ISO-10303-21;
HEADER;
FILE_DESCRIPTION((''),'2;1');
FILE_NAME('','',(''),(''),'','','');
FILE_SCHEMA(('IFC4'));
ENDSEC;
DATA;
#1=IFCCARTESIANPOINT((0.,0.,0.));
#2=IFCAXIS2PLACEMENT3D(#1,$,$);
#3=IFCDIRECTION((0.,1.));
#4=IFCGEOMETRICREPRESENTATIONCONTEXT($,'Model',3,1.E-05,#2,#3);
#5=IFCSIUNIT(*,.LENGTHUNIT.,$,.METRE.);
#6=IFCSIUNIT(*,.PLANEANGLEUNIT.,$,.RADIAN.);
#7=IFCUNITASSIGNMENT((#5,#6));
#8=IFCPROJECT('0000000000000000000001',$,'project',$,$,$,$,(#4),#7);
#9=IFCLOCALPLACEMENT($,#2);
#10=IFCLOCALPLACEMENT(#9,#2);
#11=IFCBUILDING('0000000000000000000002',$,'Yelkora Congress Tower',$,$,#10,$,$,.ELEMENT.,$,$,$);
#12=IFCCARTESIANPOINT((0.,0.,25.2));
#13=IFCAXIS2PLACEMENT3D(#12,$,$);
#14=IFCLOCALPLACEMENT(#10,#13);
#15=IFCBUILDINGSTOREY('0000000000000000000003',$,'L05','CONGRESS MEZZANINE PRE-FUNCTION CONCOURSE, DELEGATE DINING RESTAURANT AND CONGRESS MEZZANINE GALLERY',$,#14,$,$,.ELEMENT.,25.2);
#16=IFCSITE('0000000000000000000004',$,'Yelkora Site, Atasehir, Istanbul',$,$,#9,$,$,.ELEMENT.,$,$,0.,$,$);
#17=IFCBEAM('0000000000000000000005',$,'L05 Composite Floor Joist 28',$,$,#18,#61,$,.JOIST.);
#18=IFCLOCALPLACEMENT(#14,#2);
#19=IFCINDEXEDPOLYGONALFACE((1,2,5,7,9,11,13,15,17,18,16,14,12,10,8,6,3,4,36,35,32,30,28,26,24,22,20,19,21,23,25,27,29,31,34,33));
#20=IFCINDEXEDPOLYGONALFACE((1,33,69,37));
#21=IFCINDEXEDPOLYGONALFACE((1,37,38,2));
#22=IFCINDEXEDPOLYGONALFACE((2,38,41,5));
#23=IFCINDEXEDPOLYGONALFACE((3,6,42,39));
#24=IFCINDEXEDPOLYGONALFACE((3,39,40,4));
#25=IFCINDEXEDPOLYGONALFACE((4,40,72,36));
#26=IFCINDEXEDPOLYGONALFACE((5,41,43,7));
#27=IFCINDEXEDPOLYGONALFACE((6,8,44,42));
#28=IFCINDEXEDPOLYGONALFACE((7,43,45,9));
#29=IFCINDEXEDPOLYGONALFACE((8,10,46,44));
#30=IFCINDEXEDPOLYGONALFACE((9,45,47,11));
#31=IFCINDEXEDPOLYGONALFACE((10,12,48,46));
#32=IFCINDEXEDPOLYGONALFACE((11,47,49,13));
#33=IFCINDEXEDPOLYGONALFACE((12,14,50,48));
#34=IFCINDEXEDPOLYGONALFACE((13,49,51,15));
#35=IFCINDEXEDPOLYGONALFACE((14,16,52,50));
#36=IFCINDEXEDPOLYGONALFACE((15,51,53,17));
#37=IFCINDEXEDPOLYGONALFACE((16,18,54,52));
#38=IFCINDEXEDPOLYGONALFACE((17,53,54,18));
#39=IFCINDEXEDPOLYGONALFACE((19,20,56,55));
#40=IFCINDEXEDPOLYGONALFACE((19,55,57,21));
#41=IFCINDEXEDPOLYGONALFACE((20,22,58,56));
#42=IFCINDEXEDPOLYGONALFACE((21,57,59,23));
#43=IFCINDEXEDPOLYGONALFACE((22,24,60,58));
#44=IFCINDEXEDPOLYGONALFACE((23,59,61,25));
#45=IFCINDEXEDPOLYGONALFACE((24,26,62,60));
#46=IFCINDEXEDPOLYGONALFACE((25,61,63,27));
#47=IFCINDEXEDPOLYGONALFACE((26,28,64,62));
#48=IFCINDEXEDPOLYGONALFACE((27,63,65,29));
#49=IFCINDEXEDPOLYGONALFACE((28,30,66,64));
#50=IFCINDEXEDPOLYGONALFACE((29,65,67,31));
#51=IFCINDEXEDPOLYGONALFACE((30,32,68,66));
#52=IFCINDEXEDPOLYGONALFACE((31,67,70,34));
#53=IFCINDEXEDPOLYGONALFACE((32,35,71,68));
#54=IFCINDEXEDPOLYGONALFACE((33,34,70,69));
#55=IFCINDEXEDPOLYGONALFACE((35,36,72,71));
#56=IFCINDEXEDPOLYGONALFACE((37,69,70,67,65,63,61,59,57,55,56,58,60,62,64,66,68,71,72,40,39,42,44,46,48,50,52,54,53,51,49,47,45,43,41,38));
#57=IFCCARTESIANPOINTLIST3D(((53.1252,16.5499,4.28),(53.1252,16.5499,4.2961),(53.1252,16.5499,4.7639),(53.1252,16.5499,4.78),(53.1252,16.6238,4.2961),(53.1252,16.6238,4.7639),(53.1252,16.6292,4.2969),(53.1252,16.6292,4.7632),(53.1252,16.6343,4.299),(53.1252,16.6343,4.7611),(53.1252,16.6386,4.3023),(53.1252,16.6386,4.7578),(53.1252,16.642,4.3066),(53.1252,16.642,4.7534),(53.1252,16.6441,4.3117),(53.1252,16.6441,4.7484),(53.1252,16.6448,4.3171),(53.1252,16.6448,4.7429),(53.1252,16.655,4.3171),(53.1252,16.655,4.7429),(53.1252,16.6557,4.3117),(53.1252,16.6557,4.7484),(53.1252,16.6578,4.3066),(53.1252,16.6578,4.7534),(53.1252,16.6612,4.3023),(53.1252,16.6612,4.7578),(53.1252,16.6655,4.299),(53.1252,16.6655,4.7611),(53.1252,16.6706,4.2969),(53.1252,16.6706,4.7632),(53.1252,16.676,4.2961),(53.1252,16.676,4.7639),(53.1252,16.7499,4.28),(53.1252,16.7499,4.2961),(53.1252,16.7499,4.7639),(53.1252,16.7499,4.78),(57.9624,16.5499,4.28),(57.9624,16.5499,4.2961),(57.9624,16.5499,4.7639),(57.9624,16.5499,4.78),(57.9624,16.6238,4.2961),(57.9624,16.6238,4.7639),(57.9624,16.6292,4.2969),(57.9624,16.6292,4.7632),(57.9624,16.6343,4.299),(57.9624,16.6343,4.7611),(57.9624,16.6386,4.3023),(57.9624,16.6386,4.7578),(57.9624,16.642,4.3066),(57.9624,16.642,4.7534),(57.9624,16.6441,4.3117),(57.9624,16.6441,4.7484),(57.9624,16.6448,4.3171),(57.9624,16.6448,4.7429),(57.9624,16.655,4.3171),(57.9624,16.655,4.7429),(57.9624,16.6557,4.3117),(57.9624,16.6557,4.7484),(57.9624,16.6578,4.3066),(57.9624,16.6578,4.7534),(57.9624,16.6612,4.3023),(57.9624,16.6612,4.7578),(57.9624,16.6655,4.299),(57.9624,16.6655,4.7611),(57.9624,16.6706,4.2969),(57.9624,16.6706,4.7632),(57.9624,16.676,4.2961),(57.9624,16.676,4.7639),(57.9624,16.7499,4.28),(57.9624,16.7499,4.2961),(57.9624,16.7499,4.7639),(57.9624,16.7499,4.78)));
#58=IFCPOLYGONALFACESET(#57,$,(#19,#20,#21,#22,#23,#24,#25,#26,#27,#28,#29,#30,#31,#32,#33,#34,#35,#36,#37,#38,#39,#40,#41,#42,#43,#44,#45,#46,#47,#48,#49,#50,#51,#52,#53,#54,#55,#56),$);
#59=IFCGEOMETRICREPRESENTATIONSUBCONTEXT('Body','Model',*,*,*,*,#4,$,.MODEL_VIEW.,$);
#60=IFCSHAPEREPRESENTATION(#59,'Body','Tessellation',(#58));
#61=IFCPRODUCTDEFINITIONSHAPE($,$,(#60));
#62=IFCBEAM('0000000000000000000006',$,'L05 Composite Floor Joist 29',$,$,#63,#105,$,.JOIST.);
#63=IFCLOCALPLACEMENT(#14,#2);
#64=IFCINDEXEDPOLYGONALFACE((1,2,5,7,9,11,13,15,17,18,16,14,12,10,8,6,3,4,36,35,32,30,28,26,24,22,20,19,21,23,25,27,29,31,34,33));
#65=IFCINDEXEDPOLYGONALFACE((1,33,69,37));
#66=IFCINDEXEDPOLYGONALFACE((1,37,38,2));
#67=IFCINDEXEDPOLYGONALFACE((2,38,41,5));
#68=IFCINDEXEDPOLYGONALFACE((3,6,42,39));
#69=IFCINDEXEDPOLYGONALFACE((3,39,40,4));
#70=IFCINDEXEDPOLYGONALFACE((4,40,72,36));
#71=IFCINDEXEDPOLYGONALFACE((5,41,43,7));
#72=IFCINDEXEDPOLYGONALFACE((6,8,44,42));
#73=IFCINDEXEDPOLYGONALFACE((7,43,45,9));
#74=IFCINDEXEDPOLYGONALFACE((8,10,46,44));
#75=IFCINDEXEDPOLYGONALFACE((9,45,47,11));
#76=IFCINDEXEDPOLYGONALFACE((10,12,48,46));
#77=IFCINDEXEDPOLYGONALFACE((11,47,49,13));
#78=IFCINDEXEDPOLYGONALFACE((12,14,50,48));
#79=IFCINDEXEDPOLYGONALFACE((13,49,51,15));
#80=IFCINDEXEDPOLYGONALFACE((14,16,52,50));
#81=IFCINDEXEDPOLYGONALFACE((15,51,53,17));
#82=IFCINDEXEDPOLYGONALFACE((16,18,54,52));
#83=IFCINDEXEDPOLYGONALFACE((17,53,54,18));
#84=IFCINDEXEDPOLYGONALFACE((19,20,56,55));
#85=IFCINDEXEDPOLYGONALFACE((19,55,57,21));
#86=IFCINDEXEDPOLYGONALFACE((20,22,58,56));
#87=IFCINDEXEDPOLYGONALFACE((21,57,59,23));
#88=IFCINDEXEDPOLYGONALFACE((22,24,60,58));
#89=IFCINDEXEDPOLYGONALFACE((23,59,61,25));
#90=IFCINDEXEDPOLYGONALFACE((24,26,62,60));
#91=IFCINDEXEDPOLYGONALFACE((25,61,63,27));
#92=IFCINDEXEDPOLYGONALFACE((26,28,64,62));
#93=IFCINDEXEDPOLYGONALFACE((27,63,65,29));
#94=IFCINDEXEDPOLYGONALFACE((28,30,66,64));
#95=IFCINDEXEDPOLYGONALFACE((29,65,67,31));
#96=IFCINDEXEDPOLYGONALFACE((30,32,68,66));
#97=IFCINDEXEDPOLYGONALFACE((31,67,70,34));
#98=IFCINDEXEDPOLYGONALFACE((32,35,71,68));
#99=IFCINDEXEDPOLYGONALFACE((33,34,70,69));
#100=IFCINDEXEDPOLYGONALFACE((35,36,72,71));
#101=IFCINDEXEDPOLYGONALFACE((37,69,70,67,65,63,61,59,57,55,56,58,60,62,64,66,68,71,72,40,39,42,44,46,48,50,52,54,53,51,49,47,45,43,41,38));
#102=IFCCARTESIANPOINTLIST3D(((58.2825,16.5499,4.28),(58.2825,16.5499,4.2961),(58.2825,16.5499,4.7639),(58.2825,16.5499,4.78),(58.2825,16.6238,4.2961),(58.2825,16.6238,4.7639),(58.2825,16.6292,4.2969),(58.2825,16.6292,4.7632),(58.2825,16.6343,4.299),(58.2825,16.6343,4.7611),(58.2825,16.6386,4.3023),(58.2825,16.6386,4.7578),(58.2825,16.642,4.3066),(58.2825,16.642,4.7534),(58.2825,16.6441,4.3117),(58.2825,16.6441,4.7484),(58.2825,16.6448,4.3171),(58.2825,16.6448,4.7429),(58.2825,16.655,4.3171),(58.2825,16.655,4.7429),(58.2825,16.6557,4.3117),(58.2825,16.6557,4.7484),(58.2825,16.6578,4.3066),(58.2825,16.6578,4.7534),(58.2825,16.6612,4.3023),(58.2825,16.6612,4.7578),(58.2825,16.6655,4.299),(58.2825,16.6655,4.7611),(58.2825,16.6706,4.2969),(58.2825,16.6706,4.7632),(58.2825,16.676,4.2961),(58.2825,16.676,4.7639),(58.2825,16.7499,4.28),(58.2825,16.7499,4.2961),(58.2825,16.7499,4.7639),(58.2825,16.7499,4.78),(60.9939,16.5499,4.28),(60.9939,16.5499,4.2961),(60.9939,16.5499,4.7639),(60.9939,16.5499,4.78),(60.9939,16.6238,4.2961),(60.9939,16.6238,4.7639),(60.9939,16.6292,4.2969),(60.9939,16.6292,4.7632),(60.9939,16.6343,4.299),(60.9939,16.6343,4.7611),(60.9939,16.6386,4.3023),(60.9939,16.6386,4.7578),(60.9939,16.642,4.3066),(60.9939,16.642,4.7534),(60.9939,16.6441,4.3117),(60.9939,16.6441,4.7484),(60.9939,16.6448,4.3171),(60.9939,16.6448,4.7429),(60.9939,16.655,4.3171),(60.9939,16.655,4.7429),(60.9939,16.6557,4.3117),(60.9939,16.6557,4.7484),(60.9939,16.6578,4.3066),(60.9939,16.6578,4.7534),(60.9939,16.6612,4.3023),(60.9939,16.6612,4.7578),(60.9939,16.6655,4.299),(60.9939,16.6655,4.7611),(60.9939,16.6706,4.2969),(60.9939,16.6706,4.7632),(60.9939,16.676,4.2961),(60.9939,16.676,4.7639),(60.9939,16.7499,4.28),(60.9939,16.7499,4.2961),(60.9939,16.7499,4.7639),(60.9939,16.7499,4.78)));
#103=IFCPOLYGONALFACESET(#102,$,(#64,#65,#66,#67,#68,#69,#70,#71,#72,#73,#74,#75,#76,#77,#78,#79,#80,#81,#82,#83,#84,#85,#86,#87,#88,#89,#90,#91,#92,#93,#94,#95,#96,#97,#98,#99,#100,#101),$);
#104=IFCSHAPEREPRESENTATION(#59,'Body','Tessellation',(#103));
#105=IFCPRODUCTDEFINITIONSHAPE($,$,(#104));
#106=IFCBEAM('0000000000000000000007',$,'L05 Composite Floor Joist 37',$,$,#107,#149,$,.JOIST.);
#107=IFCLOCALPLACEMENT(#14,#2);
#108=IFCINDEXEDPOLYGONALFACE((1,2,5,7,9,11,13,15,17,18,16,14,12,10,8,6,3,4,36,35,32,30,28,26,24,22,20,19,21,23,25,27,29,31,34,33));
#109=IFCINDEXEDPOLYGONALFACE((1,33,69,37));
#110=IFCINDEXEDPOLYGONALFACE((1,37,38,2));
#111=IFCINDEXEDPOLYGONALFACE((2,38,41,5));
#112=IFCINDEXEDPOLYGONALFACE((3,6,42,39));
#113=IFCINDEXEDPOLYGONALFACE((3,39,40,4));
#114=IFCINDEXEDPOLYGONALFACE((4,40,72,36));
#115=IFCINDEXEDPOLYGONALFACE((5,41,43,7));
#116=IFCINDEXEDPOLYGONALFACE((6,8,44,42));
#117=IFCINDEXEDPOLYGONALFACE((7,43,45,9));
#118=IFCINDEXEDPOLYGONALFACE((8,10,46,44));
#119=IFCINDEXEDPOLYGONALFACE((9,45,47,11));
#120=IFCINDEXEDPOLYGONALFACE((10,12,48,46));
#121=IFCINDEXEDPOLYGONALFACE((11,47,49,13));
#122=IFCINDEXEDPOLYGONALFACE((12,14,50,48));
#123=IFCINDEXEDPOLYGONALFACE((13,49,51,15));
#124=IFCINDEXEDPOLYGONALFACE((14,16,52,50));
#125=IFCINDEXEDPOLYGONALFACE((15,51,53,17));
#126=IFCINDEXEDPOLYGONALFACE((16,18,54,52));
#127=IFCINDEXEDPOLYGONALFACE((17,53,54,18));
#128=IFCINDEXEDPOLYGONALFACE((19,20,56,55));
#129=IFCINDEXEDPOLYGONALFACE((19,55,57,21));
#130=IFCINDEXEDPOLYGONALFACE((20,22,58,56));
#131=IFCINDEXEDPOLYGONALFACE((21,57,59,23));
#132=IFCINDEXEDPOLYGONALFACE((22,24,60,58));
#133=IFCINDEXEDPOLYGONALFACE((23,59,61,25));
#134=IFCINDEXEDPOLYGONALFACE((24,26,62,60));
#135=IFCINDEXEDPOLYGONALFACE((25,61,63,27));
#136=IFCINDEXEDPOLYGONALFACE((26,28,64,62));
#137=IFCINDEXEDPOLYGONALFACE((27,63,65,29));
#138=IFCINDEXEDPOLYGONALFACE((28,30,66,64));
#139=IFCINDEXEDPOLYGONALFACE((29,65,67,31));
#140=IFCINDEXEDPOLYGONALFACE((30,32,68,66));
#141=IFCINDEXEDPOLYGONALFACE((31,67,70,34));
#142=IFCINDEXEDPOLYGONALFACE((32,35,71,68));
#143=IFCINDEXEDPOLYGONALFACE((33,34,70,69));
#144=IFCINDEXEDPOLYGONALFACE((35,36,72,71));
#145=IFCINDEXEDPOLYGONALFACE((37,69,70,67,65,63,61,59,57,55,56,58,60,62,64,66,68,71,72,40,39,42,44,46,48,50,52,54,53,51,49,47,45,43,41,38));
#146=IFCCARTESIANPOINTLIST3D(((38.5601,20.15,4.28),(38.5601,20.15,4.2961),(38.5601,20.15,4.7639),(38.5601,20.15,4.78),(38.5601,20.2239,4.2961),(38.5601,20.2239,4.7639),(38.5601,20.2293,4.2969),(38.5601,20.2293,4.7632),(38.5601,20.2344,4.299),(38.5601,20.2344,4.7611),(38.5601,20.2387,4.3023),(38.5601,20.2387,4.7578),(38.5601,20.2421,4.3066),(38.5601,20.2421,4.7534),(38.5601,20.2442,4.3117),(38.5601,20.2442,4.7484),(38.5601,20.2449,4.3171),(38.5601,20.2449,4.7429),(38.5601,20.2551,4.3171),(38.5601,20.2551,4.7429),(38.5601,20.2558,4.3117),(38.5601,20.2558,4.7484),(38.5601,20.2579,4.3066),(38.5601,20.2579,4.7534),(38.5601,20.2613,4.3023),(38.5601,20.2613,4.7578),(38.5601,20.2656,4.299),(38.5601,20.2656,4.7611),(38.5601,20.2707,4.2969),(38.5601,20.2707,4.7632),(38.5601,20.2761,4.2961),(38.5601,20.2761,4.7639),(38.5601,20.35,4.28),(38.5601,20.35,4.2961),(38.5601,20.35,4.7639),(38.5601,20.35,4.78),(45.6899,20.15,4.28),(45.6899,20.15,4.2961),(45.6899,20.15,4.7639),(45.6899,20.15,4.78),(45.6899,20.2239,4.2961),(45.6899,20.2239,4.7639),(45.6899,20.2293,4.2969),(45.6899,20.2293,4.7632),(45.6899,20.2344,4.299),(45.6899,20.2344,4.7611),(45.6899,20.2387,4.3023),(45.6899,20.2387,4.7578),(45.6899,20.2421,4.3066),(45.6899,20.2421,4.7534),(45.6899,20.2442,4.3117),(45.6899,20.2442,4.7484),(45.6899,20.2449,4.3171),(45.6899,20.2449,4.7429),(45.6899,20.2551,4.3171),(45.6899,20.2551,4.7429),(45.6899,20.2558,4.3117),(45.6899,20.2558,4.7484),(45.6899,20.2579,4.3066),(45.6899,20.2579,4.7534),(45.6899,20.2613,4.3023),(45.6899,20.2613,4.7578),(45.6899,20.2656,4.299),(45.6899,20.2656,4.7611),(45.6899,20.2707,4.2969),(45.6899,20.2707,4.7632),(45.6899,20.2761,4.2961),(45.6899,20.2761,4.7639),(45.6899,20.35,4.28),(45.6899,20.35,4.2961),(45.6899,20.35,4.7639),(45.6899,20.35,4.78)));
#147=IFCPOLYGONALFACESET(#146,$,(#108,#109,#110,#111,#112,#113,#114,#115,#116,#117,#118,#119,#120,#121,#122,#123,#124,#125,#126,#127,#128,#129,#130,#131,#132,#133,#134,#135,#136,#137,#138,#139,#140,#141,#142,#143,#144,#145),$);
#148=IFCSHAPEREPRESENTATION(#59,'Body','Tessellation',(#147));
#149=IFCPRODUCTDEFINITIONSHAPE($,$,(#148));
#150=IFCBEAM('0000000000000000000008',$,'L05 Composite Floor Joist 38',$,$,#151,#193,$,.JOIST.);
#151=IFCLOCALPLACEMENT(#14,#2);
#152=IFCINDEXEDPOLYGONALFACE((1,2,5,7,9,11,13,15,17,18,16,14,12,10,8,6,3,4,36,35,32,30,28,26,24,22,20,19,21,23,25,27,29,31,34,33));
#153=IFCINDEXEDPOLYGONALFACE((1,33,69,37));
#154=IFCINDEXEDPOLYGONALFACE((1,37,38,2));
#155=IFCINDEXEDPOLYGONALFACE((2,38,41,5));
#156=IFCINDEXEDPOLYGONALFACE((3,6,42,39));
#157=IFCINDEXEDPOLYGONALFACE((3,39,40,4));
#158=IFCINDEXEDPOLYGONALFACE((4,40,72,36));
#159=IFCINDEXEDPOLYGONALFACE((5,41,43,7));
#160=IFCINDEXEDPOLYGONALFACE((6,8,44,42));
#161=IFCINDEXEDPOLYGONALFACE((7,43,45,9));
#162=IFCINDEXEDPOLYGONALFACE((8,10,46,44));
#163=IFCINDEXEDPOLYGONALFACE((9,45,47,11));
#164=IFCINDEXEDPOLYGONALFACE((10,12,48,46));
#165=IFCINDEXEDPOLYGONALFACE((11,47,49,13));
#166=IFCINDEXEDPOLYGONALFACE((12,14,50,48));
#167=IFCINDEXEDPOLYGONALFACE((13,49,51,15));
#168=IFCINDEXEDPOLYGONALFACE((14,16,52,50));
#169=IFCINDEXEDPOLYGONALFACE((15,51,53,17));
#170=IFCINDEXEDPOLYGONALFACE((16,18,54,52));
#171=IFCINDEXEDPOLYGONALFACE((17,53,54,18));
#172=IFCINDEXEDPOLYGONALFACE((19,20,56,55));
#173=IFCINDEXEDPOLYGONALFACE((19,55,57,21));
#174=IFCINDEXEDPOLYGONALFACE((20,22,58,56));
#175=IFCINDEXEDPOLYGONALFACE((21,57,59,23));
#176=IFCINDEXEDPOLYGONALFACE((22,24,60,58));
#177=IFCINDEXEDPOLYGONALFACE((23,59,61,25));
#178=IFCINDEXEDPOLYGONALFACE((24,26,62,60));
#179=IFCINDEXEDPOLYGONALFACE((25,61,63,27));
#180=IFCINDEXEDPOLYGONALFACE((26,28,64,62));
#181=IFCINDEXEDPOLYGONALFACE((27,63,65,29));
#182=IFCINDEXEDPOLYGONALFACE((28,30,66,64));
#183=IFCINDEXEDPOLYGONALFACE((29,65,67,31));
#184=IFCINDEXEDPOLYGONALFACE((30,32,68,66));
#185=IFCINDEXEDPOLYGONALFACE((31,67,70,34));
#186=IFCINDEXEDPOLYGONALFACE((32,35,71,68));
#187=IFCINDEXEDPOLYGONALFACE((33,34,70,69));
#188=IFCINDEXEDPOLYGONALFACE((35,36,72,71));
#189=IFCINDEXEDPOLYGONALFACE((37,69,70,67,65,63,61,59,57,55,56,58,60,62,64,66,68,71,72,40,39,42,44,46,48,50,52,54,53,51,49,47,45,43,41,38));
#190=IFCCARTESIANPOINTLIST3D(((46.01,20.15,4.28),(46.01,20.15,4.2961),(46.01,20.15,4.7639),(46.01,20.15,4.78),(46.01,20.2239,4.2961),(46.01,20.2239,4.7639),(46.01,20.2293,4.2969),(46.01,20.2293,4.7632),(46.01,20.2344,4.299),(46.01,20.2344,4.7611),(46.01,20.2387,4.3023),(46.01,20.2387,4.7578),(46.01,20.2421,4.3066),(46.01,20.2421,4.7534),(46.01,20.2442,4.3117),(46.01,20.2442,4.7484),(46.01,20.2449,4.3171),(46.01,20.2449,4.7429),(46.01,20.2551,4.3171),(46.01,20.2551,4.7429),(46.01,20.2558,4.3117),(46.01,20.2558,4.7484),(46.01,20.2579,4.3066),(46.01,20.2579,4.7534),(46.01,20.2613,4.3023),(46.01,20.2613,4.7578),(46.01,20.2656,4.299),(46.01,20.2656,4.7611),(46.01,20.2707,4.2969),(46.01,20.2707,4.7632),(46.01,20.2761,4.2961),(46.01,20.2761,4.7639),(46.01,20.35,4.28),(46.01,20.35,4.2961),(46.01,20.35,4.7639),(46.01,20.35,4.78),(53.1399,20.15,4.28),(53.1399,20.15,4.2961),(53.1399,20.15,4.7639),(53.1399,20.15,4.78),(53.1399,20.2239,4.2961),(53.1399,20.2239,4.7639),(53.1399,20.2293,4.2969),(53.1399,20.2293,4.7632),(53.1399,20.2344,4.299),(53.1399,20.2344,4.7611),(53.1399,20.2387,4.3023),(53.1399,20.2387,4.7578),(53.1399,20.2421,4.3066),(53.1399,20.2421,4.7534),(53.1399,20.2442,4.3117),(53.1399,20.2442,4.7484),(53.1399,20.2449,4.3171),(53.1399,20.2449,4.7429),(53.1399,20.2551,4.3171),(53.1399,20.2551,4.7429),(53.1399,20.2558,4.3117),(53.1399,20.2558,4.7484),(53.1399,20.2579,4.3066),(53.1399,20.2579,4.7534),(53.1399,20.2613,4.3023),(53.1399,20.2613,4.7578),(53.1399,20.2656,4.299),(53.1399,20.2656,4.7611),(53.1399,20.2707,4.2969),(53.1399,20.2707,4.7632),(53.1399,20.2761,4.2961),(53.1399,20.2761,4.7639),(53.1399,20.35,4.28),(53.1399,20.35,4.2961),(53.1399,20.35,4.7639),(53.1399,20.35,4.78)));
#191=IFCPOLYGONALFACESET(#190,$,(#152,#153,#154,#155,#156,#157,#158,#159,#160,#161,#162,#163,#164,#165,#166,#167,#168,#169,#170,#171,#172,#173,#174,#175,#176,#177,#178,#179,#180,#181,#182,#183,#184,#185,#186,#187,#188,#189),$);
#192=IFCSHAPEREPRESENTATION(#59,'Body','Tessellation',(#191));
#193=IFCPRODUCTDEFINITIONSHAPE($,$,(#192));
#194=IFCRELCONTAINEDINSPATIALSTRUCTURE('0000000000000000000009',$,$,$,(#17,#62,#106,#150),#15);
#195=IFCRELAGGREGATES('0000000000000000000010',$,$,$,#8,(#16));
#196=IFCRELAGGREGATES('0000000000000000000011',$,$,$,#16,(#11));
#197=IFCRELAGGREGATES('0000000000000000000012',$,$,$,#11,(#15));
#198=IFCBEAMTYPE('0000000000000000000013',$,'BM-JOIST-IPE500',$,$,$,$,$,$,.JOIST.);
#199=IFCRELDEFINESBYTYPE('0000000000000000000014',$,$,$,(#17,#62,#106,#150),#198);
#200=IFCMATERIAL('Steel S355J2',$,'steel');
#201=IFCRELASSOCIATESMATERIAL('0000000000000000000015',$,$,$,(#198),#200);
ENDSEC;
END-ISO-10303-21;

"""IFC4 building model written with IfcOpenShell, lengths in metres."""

from ifc_helpers import new_model, si_unit, direction, frame, origin, origin_2d, place, context, subcontext, project, spatial, i_section, extrude, material, material_profile, profile_set, type_object, element, save


model = new_model("IFC4")

# Units and contexts
model_context = context("Model", 3, precision=1e-05, world=origin(), true_north=direction((0.0, 1.0)))
body_context = subcontext(model_context, "Body", "Model", "MODEL_VIEW")
ifc_project = project(units=[si_unit("LENGTHUNIT", "METRE"), si_unit("PLANEANGLEUNIT", "RADIAN")], contexts=[model_context])

# Site, building, storey
site_placement = place(None, origin())
site = spatial("IfcSite", under=ifc_project, at=site_placement, Name="Yelkora Site, Atasehir, Istanbul", CompositionType="ELEMENT", RefElevation=0.0)
building_placement = place(site_placement, origin())
building = spatial("IfcBuilding", under=site, at=building_placement, Name="Yelkora Congress Tower", CompositionType="ELEMENT")
storey_placement = place(building_placement, frame((0.0, 0.0, 25.2)))
storey = spatial("IfcBuildingStorey", under=building, at=storey_placement, Name="L05", Description="CONGRESS MEZZANINE PRE-FUNCTION CONCOURSE, DELEGATE DINING RESTAURANT AND CONGRESS MEZZANINE GALLERY", CompositionType="ELEMENT", Elevation=25.2)

# Beams
ifc_material_1 = material(Name="Steel S355J2", Category="steel")
ifc_material_profile_1 = material_profile(ifc_material_1, i_section(OverallWidth=0.2, OverallDepth=0.5, WebThickness=0.0103, FlangeThickness=0.0161, FilletRadius=0.021, at=origin_2d()), Name="IPE 500")
ifc_profile_set_1 = profile_set([ifc_material_profile_1], Name="Steel S355J2")
beam_type_1 = type_object("IfcBeamType", Name="BM-JOIST-IPE500", PredefinedType="JOIST", material=ifc_profile_set_1)
beam_1_placement = place(storey_placement, frame((53.1252, 16.6499, 4.53), z_axis=(1.0, 0.0, 0.0), x_axis=(0.0, 1.0, 0.0)))
element("IfcBeam", 1, at=beam_1_placement, inside=storey, type_object=beam_type_1, Name="L05 Composite Floor Joist 28", PredefinedType="JOIST", context=body_context, shape_type="SweptSolid", body=[
    extrude(i_section(OverallWidth=0.2, OverallDepth=0.5, WebThickness=0.0103, FlangeThickness=0.0161, FilletRadius=0.021, at=origin_2d()), origin(), (0.0, 0.0, 1.0), 4.8372),
])
beam_2_placement = place(storey_placement, frame((58.2825, 16.6499, 4.53), z_axis=(1.0, 0.0, 0.0), x_axis=(0.0, 1.0, 0.0)))
element("IfcBeam", 2, at=beam_2_placement, inside=storey, type_object=beam_type_1, Name="L05 Composite Floor Joist 29", PredefinedType="JOIST", context=body_context, shape_type="SweptSolid", body=[
    extrude(i_section(OverallWidth=0.2, OverallDepth=0.5, WebThickness=0.0103, FlangeThickness=0.0161, FilletRadius=0.021, at=origin_2d()), origin(), (0.0, 0.0, 1.0), 2.7114),
])
for number, where, z_axis, x_axis, name in (
    (3, (38.5601, 20.25, 4.53), (1.0, 0.0, 0.0), (0.0, 1.0, 0.0), "L05 Composite Floor Joist 37"),
    (4, (46.01, 20.25, 4.53), (1.0, 0.0, 0.0), (0.0, 1.0, 0.0), "L05 Composite Floor Joist 38"),
):
    element("IfcBeam", number, at=place(storey_placement, frame(where, z_axis=z_axis, x_axis=x_axis)), inside=storey, type_object=beam_type_1, Name=name, PredefinedType="JOIST", context=body_context, shape_type="SweptSolid", body=[
        extrude(i_section(OverallWidth=0.2, OverallDepth=0.5, WebThickness=0.0103, FlangeThickness=0.0161, FilletRadius=0.021, at=origin_2d()), origin(), (0.0, 0.0, 1.0), 7.1299),
    ])

save(model, "model.ifc")
